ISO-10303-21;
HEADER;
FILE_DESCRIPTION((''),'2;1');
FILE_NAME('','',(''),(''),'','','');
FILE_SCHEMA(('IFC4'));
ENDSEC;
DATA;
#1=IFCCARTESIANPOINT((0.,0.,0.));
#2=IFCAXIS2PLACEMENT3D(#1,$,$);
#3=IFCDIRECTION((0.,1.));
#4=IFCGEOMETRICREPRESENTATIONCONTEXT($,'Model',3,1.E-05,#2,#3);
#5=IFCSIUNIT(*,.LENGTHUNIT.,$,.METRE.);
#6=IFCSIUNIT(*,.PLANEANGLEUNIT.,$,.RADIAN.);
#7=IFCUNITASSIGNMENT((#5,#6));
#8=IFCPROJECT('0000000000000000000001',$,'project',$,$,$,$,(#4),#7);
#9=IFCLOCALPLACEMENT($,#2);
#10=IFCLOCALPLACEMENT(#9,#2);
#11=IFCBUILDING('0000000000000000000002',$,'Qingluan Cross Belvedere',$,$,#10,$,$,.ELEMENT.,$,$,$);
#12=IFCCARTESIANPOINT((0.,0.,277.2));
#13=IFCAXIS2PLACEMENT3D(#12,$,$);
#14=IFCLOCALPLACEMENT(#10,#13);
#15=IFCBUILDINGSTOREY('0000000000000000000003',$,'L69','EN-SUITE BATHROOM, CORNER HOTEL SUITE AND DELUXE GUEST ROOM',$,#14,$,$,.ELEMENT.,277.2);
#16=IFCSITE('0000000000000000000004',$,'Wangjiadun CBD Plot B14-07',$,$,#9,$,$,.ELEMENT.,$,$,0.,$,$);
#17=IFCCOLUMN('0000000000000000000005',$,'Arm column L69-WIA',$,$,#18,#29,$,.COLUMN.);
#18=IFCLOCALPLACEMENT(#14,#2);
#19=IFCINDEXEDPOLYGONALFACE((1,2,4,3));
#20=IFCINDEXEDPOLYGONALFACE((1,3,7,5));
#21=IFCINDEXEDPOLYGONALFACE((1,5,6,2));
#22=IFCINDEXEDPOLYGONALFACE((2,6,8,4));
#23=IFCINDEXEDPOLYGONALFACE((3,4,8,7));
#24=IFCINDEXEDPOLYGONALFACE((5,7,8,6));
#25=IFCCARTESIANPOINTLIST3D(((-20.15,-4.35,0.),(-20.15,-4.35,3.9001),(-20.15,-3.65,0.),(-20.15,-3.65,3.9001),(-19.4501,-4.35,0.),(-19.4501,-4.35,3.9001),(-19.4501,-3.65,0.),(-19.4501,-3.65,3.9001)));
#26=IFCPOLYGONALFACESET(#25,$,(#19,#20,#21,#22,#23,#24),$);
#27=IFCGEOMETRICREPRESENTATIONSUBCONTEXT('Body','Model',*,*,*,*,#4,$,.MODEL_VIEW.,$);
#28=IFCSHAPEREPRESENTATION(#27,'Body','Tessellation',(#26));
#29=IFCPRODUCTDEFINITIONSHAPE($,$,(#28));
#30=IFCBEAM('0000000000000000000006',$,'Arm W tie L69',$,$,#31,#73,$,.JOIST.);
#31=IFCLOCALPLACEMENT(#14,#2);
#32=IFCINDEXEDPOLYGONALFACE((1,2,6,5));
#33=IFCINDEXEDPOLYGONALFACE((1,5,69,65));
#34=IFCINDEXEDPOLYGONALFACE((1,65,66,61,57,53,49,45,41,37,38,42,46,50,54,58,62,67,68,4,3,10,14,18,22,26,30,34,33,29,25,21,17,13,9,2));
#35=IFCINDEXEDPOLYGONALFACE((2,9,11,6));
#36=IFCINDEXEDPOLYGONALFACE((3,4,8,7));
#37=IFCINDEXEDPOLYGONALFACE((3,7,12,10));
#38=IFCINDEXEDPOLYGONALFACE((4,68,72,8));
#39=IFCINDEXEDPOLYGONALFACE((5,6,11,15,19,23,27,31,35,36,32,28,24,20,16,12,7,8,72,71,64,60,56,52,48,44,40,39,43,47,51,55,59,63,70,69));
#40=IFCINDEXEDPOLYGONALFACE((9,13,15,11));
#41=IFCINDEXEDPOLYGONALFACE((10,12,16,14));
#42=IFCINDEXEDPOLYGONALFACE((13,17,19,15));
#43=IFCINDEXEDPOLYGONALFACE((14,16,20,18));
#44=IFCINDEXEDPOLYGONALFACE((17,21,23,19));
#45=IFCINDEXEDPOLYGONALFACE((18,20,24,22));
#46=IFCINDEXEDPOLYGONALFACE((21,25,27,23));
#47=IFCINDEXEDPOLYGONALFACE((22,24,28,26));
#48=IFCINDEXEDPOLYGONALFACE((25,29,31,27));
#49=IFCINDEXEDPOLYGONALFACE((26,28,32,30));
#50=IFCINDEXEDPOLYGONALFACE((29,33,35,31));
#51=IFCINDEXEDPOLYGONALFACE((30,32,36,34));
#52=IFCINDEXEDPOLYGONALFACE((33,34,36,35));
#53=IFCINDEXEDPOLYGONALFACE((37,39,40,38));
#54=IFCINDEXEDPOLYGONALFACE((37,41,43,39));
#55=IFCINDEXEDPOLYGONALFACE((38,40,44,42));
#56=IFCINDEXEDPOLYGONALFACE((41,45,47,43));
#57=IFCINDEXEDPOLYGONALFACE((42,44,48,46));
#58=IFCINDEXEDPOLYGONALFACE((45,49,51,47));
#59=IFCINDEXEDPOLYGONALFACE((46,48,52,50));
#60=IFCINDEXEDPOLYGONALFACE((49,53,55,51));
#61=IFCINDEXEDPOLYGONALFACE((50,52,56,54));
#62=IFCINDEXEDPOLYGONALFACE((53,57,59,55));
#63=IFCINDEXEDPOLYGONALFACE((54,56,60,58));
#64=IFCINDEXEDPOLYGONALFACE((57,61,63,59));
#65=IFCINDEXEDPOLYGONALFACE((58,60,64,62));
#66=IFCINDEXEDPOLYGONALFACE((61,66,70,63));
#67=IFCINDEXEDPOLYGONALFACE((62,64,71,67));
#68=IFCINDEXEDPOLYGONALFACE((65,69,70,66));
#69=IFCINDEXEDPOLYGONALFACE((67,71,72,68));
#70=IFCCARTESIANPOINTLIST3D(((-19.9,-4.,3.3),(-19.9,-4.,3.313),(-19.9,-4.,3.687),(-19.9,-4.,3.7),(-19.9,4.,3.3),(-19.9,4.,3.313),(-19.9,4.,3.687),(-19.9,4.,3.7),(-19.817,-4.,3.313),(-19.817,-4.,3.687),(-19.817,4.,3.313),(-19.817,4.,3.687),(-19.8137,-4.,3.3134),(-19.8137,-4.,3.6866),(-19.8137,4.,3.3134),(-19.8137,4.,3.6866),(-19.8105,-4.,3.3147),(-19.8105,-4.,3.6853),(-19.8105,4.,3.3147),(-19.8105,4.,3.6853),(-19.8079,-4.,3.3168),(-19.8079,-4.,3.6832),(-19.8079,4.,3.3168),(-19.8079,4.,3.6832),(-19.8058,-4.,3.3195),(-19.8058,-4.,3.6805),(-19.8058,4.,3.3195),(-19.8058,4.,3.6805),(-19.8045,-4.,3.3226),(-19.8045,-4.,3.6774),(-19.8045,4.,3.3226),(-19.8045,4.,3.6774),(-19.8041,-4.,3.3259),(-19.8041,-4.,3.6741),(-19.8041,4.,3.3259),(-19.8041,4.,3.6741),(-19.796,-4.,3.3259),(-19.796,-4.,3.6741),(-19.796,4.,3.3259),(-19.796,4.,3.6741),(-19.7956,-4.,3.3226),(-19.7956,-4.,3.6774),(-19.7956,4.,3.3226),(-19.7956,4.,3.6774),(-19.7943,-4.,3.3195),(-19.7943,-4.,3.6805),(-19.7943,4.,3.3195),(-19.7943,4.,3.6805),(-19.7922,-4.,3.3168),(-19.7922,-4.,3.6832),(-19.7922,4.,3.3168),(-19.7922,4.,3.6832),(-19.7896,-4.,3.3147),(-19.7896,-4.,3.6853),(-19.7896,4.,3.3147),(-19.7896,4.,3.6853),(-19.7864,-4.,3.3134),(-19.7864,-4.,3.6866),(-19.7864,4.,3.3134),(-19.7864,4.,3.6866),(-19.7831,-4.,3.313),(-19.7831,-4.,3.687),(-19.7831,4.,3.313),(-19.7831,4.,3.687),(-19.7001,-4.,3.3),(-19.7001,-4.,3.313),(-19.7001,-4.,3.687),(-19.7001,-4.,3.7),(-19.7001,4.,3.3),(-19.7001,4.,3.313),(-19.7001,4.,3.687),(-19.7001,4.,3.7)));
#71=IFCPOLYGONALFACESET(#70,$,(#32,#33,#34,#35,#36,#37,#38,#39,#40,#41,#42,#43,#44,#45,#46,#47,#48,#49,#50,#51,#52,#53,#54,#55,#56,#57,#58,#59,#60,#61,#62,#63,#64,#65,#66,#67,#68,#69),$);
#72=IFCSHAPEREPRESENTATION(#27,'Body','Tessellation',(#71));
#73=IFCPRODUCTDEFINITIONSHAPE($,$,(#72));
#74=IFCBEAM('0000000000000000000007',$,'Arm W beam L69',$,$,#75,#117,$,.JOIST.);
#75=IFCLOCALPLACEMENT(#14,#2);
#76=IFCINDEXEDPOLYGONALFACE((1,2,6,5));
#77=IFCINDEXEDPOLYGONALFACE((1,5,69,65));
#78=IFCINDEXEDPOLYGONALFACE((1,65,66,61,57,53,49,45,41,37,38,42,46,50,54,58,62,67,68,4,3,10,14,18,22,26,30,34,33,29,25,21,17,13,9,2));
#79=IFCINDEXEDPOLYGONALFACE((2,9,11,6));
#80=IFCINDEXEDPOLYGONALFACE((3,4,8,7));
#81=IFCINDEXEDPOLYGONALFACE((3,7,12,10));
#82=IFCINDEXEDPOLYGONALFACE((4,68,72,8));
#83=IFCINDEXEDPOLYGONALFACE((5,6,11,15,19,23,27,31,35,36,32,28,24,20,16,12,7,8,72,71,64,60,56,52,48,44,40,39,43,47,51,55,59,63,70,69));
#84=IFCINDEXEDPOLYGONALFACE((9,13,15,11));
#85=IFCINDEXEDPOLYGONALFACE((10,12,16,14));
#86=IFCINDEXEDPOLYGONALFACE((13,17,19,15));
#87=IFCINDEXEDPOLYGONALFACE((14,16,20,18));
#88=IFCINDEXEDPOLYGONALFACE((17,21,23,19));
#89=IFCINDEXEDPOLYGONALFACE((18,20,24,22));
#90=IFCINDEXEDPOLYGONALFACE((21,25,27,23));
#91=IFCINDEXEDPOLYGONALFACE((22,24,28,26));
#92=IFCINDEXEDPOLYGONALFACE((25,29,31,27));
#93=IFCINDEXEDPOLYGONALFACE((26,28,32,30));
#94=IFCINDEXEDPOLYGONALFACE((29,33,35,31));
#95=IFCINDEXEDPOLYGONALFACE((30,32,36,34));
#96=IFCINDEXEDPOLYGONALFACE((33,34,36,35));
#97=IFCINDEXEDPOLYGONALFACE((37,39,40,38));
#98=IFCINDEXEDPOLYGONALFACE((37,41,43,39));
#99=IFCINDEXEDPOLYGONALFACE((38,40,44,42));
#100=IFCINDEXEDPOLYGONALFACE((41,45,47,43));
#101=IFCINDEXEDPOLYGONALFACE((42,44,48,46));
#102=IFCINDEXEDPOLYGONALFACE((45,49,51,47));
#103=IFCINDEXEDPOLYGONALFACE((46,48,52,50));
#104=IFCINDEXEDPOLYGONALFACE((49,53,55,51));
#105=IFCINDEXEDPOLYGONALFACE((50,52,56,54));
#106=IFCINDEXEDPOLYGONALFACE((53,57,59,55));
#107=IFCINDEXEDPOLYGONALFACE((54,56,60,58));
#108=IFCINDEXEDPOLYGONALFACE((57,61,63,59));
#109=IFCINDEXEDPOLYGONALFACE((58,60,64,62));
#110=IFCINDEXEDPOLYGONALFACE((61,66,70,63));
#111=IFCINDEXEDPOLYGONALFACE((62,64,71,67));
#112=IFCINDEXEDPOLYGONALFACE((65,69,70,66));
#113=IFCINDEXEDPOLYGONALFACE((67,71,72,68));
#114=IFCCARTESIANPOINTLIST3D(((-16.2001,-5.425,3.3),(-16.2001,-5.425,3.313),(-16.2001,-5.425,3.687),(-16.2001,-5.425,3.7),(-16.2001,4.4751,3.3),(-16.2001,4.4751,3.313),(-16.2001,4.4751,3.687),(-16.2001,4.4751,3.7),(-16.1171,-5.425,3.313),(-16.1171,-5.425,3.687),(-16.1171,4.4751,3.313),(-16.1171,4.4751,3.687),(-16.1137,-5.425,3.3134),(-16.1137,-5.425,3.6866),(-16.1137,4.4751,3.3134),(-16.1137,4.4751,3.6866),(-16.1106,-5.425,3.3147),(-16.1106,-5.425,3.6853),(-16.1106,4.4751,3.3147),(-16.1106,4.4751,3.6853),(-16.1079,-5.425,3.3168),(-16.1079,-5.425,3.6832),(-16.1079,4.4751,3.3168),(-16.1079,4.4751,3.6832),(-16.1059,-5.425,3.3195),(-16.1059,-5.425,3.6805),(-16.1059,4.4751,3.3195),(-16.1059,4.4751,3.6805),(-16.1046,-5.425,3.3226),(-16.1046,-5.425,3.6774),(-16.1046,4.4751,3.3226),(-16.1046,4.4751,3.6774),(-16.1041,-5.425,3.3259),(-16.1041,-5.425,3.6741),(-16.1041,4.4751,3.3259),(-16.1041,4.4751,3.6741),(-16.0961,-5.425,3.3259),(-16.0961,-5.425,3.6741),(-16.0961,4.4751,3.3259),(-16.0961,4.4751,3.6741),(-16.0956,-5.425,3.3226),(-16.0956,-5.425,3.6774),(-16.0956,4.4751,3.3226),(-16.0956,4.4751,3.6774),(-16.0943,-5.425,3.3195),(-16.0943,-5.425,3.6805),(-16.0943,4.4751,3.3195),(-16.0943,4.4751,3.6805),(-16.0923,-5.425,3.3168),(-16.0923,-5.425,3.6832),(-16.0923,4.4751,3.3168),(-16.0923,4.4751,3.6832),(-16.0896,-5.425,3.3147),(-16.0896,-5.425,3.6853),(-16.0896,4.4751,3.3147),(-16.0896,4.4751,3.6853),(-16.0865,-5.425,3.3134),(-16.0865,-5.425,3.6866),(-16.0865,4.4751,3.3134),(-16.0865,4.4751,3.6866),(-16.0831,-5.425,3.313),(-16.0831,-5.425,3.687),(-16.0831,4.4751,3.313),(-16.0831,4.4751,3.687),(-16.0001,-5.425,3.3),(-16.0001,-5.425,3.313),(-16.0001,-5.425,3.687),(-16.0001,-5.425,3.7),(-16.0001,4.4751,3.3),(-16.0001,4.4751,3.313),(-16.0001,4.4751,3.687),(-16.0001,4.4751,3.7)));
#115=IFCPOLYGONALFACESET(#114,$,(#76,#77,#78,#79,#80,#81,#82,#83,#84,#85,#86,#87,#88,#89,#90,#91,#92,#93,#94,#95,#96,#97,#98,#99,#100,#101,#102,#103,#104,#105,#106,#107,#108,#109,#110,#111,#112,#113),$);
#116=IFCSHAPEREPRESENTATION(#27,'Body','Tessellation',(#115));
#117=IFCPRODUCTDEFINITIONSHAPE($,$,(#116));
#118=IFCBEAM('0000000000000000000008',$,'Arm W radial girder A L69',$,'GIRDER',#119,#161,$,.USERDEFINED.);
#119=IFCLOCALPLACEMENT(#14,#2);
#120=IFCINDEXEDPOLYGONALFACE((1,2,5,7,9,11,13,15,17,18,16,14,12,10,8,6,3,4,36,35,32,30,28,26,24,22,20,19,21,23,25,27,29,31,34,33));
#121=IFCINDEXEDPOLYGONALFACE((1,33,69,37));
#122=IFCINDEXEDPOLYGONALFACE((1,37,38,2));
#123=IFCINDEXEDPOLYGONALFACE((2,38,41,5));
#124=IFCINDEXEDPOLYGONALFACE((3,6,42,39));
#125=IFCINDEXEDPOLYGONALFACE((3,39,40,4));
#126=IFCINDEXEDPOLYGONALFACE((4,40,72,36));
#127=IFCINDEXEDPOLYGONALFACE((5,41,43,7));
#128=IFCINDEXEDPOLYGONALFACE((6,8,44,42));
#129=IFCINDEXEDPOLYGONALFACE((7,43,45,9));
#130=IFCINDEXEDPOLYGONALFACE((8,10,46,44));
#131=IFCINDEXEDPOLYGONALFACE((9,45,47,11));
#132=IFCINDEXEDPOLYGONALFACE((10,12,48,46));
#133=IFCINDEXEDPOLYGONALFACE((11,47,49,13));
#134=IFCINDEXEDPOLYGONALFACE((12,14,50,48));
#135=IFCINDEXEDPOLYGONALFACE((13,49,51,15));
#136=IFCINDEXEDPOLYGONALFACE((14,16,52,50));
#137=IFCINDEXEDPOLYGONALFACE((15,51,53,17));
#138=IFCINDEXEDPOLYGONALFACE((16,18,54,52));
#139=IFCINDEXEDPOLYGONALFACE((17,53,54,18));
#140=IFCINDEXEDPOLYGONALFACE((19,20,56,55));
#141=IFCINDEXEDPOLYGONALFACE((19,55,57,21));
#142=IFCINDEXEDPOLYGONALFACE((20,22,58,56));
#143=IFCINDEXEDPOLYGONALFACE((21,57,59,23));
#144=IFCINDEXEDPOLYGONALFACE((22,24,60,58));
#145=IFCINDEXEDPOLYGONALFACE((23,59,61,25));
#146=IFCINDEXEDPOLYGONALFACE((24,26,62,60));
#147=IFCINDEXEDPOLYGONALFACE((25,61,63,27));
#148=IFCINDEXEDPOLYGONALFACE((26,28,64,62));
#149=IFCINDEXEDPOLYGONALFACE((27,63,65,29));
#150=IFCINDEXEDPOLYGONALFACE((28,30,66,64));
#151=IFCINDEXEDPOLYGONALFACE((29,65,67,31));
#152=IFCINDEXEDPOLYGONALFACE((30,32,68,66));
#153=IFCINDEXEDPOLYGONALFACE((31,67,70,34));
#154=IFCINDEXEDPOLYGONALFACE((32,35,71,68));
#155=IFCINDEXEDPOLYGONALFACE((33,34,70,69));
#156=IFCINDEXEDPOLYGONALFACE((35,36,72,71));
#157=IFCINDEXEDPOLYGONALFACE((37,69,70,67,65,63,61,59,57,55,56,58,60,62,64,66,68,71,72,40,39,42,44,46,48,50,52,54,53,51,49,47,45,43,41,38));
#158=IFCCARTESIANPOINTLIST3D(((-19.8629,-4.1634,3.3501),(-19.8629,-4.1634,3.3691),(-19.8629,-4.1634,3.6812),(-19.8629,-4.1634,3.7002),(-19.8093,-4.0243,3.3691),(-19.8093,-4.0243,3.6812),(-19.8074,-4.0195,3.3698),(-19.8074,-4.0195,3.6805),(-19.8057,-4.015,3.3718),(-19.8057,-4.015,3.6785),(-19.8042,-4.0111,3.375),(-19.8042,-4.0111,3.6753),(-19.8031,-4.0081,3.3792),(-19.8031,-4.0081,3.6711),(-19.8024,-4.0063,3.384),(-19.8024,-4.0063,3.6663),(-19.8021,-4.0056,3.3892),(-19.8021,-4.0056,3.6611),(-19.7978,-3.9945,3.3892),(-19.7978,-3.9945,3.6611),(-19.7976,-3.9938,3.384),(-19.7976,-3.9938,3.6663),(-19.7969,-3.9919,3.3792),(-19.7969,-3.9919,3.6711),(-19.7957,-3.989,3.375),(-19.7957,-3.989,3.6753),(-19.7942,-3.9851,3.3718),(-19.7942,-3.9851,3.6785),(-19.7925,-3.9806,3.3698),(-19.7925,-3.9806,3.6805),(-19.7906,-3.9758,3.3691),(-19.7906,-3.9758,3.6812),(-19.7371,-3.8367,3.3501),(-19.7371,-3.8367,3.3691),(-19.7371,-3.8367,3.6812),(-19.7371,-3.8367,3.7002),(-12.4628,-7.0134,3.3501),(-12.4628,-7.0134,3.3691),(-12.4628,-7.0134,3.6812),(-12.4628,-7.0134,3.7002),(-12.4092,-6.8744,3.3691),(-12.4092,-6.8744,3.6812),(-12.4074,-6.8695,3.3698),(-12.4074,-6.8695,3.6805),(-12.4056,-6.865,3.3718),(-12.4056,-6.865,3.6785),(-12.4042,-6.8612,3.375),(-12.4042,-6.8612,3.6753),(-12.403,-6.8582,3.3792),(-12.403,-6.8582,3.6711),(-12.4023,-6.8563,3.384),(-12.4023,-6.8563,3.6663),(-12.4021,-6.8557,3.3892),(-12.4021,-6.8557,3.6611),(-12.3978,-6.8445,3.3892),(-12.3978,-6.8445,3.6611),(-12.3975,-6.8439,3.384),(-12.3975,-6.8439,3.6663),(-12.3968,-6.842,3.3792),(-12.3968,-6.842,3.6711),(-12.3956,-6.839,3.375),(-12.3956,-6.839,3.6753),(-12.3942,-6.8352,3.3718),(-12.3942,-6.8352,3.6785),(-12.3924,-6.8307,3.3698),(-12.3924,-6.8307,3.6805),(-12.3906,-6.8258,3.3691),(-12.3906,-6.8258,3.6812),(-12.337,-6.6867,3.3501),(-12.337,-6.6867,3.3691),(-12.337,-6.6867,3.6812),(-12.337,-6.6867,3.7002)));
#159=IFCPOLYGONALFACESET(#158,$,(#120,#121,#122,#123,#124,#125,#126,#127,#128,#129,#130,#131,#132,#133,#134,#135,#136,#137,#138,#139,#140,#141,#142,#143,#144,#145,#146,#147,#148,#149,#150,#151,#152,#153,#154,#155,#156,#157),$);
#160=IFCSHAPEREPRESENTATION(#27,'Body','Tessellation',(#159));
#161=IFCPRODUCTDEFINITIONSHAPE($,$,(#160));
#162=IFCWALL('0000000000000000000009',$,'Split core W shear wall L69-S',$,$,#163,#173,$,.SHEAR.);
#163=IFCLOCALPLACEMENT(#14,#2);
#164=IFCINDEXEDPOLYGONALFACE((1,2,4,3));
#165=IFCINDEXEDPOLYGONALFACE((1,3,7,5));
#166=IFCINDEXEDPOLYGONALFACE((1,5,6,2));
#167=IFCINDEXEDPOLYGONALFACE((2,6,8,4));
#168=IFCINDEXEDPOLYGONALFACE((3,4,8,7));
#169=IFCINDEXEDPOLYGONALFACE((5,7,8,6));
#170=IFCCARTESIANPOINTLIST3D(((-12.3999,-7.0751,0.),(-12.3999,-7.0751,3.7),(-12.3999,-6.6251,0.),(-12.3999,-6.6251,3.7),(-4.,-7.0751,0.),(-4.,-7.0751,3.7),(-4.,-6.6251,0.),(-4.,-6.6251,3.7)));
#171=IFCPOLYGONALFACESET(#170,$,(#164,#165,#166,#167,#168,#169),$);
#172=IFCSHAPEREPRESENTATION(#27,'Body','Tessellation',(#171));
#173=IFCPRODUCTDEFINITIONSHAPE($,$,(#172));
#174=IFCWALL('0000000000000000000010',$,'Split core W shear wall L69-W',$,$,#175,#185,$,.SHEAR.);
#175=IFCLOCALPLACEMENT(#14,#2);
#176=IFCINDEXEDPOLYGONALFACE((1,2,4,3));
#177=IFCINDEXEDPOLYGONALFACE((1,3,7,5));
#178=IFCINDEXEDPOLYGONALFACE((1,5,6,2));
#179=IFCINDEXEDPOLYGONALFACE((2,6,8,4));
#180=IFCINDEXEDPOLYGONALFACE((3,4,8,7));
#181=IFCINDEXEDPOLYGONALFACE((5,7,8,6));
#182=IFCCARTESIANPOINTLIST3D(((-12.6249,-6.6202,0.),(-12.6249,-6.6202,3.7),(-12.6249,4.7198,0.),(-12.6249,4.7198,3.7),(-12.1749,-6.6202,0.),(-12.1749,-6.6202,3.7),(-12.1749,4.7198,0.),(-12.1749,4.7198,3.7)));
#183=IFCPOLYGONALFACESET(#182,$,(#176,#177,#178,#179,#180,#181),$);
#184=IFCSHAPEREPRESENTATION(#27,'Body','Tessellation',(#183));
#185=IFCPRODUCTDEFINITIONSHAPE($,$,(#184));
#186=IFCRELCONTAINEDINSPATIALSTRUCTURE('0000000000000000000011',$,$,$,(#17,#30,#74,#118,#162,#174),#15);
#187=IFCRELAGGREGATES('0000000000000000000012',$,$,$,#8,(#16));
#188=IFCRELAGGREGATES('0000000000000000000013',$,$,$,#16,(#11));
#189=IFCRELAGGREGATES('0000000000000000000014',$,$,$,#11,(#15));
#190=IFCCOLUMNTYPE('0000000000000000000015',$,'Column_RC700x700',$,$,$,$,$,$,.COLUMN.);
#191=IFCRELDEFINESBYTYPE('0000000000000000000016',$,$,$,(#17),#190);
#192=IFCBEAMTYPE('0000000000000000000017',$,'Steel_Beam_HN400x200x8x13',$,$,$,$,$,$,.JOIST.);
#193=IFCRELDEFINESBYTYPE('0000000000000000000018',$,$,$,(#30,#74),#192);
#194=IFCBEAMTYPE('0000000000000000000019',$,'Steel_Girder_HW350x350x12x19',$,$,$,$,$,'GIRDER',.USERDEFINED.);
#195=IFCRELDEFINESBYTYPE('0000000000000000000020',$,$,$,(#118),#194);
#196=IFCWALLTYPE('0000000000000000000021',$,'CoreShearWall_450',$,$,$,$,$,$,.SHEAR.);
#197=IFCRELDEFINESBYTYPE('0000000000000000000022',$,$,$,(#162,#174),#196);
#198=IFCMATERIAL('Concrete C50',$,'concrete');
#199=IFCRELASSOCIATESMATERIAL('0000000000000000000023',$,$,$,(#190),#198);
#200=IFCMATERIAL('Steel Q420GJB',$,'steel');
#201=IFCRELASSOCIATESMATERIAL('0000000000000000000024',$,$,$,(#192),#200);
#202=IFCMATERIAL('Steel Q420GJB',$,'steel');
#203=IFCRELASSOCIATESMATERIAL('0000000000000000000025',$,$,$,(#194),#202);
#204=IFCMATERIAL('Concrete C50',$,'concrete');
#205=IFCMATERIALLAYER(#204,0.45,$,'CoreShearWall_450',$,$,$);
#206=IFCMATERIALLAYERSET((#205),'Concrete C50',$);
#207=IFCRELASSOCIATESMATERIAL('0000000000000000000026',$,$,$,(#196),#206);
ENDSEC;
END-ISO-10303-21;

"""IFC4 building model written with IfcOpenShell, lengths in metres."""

from ifc_helpers import new_model, si_unit, direction, frame, frame_2d, origin, origin_2d, place, context, subcontext, project, spatial, rectangle, i_section, extrude, material, layer, layer_set, material_profile, profile_set, type_object, element, save


model = new_model("IFC4")

# Units and contexts
model_context = context("Model", 3, precision=1e-05, world=origin(), true_north=direction((0.0, 1.0)))
body_context = subcontext(model_context, "Body", "Model", "MODEL_VIEW")
ifc_project = project(units=[si_unit("LENGTHUNIT", "METRE"), si_unit("PLANEANGLEUNIT", "RADIAN")], contexts=[model_context])

# Site, building, storey
site_placement = place(None, origin())
site = spatial("IfcSite", under=ifc_project, at=site_placement, Name="Wangjiadun CBD Plot B14-07", CompositionType="ELEMENT", RefElevation=0.0)
building_placement = place(site_placement, origin())
building = spatial("IfcBuilding", under=site, at=building_placement, Name="Qingluan Cross Belvedere", CompositionType="ELEMENT")
storey_placement = place(building_placement, frame((0.0, 0.0, 277.2)))
storey = spatial("IfcBuildingStorey", under=building, at=storey_placement, Name="L69", Description="EN-SUITE BATHROOM, CORNER HOTEL SUITE AND DELUXE GUEST ROOM", CompositionType="ELEMENT", Elevation=277.2)

# Column
ifc_material_1 = material(Name="Concrete C50", Category="concrete")
ifc_material_profile_1 = material_profile(ifc_material_1, rectangle(XDim=0.7, YDim=0.7, at=origin_2d()), Name="RC700x700")
ifc_profile_set_1 = profile_set([ifc_material_profile_1], Name="Concrete C50")
column_type = type_object("IfcColumnType", Name="Column_RC700x700", PredefinedType="COLUMN", material=ifc_profile_set_1)
column_placement = place(storey_placement, frame((-19.8, -4.0, 0.0), z_axis=(0.0, 0.0, 1.0), x_axis=(1.0, 0.0, 0.0)))
element("IfcColumn", 1, at=column_placement, inside=storey, type_object=column_type, Name="Arm column L69-WIA", PredefinedType="COLUMN", context=body_context, shape_type="SweptSolid", body=[
    extrude(rectangle(XDim=0.7, YDim=0.7, at=origin_2d()), origin(), (0.0, 0.0, 1.0), 3.9001),
])

# Beams
ifc_material_2 = material(Name="Steel Q420GJB", Category="steel")
ifc_material_profile_2 = material_profile(ifc_material_2, i_section(OverallWidth=0.2, OverallDepth=0.3999, WebThickness=0.0081, FlangeThickness=0.0129, FilletRadius=0.0129, at=origin_2d()), Name="HN400x200x8x13")
ifc_profile_set_2 = profile_set([ifc_material_profile_2], Name="Steel Q420GJB")
beam_type_1 = type_object("IfcBeamType", Name="Steel_Beam_HN400x200x8x13", PredefinedType="JOIST", material=ifc_profile_set_2)
beam_1_placement = place(storey_placement, frame((-19.8, -4.0, 3.5), z_axis=(0.0, 1.0, 0.0), x_axis=(-1.0, 0.0, 0.0)))
element("IfcBeam", 2, at=beam_1_placement, inside=storey, type_object=beam_type_1, Name="Arm W tie L69", PredefinedType="JOIST", context=body_context, shape_type="SweptSolid", body=[
    extrude(i_section(OverallWidth=0.2, OverallDepth=0.3999, WebThickness=0.0081, FlangeThickness=0.0129, FilletRadius=0.0129, at=origin_2d()), origin(), (0.0, 0.0, 1.0), 8.0),
])
beam_2_placement = place(storey_placement, frame((-16.1001, -5.425, 3.5), z_axis=(0.0, 1.0, 0.0), x_axis=(-1.0, 0.0, 0.0)))
element("IfcBeam", 3, at=beam_2_placement, inside=storey, type_object=beam_type_1, Name="Arm W beam L69", PredefinedType="JOIST", context=body_context, shape_type="SweptSolid", body=[
    extrude(i_section(OverallWidth=0.2, OverallDepth=0.3999, WebThickness=0.0081, FlangeThickness=0.0129, FilletRadius=0.0129, at=origin_2d()), origin(), (0.0, 0.0, 1.0), 9.9001),
])
ifc_material_3 = material(Name="Steel Q420GJB", Category="steel")
ifc_material_profile_3 = material_profile(ifc_material_3, i_section(OverallWidth=0.3501, OverallDepth=0.3501, WebThickness=0.012, FlangeThickness=0.019, FilletRadius=0.02, at=origin_2d()), Name="HW350x350x12x19")
ifc_profile_set_3 = profile_set([ifc_material_profile_3], Name="Steel Q420GJB")
beam_type_2 = type_object("IfcBeamType", Name="Steel_Girder_HW350x350x12x19", ElementType="GIRDER", PredefinedType="USERDEFINED", material=ifc_profile_set_3)
beam_3_placement = place(storey_placement, frame((-12.3999, -6.8501, 3.5251), z_axis=(-0.933181, 0.359406, 0.0), x_axis=(-0.359406, -0.933181, 0.0)))
element("IfcBeam", 4, at=beam_3_placement, inside=storey, type_object=beam_type_2, Name="Arm W radial girder A L69", ObjectType="GIRDER", PredefinedType="USERDEFINED", context=body_context, shape_type="SweptSolid", body=[
    extrude(i_section(OverallWidth=0.3501, OverallDepth=0.3501, WebThickness=0.012, FlangeThickness=0.019, FilletRadius=0.02, at=origin_2d()), origin(), (0.0, 0.0, 1.0), 7.9299),
])

# Walls
ifc_material_4 = material(Name="Concrete C50", Category="concrete")
ifc_layer_1 = layer(ifc_material_4, 0.45, Name="CoreShearWall_450")
ifc_layer_set_1 = layer_set([ifc_layer_1], Name="Concrete C50")
wall_type_1 = type_object("IfcWallType", Name="CoreShearWall_450", PredefinedType="SHEAR", material=ifc_layer_set_1)
wall_1_placement = place(storey_placement, frame((-12.3999, -6.8501, 0.0), z_axis=(0.0, 0.0, 1.0), x_axis=(1.0, 0.0, 0.0)))
element("IfcWall", 5, at=wall_1_placement, inside=storey, type_object=wall_type_1, Name="Split core W shear wall L69-S", PredefinedType="SHEAR", context=body_context, shape_type="SweptSolid", body=[
    extrude(rectangle(XDim=8.3999, YDim=0.45, at=frame_2d((4.2, 0.0))), origin(), (0.0, 0.0, 1.0), 3.7),
])
wall_2_placement = place(storey_placement, frame((-12.3999, -6.6201, 0.0), z_axis=(0.0, 0.0, 1.0), x_axis=(0.0, 1.0, 0.0)))
element("IfcWall", 6, at=wall_2_placement, inside=storey, type_object=wall_type_1, Name="Split core W shear wall L69-W", PredefinedType="SHEAR", context=body_context, shape_type="SweptSolid", body=[
    extrude(rectangle(XDim=11.3401, YDim=0.45, at=frame_2d((5.6699, 0.0))), origin(), (0.0, 0.0, 1.0), 3.7),
])

save(model, "model.ifc")
